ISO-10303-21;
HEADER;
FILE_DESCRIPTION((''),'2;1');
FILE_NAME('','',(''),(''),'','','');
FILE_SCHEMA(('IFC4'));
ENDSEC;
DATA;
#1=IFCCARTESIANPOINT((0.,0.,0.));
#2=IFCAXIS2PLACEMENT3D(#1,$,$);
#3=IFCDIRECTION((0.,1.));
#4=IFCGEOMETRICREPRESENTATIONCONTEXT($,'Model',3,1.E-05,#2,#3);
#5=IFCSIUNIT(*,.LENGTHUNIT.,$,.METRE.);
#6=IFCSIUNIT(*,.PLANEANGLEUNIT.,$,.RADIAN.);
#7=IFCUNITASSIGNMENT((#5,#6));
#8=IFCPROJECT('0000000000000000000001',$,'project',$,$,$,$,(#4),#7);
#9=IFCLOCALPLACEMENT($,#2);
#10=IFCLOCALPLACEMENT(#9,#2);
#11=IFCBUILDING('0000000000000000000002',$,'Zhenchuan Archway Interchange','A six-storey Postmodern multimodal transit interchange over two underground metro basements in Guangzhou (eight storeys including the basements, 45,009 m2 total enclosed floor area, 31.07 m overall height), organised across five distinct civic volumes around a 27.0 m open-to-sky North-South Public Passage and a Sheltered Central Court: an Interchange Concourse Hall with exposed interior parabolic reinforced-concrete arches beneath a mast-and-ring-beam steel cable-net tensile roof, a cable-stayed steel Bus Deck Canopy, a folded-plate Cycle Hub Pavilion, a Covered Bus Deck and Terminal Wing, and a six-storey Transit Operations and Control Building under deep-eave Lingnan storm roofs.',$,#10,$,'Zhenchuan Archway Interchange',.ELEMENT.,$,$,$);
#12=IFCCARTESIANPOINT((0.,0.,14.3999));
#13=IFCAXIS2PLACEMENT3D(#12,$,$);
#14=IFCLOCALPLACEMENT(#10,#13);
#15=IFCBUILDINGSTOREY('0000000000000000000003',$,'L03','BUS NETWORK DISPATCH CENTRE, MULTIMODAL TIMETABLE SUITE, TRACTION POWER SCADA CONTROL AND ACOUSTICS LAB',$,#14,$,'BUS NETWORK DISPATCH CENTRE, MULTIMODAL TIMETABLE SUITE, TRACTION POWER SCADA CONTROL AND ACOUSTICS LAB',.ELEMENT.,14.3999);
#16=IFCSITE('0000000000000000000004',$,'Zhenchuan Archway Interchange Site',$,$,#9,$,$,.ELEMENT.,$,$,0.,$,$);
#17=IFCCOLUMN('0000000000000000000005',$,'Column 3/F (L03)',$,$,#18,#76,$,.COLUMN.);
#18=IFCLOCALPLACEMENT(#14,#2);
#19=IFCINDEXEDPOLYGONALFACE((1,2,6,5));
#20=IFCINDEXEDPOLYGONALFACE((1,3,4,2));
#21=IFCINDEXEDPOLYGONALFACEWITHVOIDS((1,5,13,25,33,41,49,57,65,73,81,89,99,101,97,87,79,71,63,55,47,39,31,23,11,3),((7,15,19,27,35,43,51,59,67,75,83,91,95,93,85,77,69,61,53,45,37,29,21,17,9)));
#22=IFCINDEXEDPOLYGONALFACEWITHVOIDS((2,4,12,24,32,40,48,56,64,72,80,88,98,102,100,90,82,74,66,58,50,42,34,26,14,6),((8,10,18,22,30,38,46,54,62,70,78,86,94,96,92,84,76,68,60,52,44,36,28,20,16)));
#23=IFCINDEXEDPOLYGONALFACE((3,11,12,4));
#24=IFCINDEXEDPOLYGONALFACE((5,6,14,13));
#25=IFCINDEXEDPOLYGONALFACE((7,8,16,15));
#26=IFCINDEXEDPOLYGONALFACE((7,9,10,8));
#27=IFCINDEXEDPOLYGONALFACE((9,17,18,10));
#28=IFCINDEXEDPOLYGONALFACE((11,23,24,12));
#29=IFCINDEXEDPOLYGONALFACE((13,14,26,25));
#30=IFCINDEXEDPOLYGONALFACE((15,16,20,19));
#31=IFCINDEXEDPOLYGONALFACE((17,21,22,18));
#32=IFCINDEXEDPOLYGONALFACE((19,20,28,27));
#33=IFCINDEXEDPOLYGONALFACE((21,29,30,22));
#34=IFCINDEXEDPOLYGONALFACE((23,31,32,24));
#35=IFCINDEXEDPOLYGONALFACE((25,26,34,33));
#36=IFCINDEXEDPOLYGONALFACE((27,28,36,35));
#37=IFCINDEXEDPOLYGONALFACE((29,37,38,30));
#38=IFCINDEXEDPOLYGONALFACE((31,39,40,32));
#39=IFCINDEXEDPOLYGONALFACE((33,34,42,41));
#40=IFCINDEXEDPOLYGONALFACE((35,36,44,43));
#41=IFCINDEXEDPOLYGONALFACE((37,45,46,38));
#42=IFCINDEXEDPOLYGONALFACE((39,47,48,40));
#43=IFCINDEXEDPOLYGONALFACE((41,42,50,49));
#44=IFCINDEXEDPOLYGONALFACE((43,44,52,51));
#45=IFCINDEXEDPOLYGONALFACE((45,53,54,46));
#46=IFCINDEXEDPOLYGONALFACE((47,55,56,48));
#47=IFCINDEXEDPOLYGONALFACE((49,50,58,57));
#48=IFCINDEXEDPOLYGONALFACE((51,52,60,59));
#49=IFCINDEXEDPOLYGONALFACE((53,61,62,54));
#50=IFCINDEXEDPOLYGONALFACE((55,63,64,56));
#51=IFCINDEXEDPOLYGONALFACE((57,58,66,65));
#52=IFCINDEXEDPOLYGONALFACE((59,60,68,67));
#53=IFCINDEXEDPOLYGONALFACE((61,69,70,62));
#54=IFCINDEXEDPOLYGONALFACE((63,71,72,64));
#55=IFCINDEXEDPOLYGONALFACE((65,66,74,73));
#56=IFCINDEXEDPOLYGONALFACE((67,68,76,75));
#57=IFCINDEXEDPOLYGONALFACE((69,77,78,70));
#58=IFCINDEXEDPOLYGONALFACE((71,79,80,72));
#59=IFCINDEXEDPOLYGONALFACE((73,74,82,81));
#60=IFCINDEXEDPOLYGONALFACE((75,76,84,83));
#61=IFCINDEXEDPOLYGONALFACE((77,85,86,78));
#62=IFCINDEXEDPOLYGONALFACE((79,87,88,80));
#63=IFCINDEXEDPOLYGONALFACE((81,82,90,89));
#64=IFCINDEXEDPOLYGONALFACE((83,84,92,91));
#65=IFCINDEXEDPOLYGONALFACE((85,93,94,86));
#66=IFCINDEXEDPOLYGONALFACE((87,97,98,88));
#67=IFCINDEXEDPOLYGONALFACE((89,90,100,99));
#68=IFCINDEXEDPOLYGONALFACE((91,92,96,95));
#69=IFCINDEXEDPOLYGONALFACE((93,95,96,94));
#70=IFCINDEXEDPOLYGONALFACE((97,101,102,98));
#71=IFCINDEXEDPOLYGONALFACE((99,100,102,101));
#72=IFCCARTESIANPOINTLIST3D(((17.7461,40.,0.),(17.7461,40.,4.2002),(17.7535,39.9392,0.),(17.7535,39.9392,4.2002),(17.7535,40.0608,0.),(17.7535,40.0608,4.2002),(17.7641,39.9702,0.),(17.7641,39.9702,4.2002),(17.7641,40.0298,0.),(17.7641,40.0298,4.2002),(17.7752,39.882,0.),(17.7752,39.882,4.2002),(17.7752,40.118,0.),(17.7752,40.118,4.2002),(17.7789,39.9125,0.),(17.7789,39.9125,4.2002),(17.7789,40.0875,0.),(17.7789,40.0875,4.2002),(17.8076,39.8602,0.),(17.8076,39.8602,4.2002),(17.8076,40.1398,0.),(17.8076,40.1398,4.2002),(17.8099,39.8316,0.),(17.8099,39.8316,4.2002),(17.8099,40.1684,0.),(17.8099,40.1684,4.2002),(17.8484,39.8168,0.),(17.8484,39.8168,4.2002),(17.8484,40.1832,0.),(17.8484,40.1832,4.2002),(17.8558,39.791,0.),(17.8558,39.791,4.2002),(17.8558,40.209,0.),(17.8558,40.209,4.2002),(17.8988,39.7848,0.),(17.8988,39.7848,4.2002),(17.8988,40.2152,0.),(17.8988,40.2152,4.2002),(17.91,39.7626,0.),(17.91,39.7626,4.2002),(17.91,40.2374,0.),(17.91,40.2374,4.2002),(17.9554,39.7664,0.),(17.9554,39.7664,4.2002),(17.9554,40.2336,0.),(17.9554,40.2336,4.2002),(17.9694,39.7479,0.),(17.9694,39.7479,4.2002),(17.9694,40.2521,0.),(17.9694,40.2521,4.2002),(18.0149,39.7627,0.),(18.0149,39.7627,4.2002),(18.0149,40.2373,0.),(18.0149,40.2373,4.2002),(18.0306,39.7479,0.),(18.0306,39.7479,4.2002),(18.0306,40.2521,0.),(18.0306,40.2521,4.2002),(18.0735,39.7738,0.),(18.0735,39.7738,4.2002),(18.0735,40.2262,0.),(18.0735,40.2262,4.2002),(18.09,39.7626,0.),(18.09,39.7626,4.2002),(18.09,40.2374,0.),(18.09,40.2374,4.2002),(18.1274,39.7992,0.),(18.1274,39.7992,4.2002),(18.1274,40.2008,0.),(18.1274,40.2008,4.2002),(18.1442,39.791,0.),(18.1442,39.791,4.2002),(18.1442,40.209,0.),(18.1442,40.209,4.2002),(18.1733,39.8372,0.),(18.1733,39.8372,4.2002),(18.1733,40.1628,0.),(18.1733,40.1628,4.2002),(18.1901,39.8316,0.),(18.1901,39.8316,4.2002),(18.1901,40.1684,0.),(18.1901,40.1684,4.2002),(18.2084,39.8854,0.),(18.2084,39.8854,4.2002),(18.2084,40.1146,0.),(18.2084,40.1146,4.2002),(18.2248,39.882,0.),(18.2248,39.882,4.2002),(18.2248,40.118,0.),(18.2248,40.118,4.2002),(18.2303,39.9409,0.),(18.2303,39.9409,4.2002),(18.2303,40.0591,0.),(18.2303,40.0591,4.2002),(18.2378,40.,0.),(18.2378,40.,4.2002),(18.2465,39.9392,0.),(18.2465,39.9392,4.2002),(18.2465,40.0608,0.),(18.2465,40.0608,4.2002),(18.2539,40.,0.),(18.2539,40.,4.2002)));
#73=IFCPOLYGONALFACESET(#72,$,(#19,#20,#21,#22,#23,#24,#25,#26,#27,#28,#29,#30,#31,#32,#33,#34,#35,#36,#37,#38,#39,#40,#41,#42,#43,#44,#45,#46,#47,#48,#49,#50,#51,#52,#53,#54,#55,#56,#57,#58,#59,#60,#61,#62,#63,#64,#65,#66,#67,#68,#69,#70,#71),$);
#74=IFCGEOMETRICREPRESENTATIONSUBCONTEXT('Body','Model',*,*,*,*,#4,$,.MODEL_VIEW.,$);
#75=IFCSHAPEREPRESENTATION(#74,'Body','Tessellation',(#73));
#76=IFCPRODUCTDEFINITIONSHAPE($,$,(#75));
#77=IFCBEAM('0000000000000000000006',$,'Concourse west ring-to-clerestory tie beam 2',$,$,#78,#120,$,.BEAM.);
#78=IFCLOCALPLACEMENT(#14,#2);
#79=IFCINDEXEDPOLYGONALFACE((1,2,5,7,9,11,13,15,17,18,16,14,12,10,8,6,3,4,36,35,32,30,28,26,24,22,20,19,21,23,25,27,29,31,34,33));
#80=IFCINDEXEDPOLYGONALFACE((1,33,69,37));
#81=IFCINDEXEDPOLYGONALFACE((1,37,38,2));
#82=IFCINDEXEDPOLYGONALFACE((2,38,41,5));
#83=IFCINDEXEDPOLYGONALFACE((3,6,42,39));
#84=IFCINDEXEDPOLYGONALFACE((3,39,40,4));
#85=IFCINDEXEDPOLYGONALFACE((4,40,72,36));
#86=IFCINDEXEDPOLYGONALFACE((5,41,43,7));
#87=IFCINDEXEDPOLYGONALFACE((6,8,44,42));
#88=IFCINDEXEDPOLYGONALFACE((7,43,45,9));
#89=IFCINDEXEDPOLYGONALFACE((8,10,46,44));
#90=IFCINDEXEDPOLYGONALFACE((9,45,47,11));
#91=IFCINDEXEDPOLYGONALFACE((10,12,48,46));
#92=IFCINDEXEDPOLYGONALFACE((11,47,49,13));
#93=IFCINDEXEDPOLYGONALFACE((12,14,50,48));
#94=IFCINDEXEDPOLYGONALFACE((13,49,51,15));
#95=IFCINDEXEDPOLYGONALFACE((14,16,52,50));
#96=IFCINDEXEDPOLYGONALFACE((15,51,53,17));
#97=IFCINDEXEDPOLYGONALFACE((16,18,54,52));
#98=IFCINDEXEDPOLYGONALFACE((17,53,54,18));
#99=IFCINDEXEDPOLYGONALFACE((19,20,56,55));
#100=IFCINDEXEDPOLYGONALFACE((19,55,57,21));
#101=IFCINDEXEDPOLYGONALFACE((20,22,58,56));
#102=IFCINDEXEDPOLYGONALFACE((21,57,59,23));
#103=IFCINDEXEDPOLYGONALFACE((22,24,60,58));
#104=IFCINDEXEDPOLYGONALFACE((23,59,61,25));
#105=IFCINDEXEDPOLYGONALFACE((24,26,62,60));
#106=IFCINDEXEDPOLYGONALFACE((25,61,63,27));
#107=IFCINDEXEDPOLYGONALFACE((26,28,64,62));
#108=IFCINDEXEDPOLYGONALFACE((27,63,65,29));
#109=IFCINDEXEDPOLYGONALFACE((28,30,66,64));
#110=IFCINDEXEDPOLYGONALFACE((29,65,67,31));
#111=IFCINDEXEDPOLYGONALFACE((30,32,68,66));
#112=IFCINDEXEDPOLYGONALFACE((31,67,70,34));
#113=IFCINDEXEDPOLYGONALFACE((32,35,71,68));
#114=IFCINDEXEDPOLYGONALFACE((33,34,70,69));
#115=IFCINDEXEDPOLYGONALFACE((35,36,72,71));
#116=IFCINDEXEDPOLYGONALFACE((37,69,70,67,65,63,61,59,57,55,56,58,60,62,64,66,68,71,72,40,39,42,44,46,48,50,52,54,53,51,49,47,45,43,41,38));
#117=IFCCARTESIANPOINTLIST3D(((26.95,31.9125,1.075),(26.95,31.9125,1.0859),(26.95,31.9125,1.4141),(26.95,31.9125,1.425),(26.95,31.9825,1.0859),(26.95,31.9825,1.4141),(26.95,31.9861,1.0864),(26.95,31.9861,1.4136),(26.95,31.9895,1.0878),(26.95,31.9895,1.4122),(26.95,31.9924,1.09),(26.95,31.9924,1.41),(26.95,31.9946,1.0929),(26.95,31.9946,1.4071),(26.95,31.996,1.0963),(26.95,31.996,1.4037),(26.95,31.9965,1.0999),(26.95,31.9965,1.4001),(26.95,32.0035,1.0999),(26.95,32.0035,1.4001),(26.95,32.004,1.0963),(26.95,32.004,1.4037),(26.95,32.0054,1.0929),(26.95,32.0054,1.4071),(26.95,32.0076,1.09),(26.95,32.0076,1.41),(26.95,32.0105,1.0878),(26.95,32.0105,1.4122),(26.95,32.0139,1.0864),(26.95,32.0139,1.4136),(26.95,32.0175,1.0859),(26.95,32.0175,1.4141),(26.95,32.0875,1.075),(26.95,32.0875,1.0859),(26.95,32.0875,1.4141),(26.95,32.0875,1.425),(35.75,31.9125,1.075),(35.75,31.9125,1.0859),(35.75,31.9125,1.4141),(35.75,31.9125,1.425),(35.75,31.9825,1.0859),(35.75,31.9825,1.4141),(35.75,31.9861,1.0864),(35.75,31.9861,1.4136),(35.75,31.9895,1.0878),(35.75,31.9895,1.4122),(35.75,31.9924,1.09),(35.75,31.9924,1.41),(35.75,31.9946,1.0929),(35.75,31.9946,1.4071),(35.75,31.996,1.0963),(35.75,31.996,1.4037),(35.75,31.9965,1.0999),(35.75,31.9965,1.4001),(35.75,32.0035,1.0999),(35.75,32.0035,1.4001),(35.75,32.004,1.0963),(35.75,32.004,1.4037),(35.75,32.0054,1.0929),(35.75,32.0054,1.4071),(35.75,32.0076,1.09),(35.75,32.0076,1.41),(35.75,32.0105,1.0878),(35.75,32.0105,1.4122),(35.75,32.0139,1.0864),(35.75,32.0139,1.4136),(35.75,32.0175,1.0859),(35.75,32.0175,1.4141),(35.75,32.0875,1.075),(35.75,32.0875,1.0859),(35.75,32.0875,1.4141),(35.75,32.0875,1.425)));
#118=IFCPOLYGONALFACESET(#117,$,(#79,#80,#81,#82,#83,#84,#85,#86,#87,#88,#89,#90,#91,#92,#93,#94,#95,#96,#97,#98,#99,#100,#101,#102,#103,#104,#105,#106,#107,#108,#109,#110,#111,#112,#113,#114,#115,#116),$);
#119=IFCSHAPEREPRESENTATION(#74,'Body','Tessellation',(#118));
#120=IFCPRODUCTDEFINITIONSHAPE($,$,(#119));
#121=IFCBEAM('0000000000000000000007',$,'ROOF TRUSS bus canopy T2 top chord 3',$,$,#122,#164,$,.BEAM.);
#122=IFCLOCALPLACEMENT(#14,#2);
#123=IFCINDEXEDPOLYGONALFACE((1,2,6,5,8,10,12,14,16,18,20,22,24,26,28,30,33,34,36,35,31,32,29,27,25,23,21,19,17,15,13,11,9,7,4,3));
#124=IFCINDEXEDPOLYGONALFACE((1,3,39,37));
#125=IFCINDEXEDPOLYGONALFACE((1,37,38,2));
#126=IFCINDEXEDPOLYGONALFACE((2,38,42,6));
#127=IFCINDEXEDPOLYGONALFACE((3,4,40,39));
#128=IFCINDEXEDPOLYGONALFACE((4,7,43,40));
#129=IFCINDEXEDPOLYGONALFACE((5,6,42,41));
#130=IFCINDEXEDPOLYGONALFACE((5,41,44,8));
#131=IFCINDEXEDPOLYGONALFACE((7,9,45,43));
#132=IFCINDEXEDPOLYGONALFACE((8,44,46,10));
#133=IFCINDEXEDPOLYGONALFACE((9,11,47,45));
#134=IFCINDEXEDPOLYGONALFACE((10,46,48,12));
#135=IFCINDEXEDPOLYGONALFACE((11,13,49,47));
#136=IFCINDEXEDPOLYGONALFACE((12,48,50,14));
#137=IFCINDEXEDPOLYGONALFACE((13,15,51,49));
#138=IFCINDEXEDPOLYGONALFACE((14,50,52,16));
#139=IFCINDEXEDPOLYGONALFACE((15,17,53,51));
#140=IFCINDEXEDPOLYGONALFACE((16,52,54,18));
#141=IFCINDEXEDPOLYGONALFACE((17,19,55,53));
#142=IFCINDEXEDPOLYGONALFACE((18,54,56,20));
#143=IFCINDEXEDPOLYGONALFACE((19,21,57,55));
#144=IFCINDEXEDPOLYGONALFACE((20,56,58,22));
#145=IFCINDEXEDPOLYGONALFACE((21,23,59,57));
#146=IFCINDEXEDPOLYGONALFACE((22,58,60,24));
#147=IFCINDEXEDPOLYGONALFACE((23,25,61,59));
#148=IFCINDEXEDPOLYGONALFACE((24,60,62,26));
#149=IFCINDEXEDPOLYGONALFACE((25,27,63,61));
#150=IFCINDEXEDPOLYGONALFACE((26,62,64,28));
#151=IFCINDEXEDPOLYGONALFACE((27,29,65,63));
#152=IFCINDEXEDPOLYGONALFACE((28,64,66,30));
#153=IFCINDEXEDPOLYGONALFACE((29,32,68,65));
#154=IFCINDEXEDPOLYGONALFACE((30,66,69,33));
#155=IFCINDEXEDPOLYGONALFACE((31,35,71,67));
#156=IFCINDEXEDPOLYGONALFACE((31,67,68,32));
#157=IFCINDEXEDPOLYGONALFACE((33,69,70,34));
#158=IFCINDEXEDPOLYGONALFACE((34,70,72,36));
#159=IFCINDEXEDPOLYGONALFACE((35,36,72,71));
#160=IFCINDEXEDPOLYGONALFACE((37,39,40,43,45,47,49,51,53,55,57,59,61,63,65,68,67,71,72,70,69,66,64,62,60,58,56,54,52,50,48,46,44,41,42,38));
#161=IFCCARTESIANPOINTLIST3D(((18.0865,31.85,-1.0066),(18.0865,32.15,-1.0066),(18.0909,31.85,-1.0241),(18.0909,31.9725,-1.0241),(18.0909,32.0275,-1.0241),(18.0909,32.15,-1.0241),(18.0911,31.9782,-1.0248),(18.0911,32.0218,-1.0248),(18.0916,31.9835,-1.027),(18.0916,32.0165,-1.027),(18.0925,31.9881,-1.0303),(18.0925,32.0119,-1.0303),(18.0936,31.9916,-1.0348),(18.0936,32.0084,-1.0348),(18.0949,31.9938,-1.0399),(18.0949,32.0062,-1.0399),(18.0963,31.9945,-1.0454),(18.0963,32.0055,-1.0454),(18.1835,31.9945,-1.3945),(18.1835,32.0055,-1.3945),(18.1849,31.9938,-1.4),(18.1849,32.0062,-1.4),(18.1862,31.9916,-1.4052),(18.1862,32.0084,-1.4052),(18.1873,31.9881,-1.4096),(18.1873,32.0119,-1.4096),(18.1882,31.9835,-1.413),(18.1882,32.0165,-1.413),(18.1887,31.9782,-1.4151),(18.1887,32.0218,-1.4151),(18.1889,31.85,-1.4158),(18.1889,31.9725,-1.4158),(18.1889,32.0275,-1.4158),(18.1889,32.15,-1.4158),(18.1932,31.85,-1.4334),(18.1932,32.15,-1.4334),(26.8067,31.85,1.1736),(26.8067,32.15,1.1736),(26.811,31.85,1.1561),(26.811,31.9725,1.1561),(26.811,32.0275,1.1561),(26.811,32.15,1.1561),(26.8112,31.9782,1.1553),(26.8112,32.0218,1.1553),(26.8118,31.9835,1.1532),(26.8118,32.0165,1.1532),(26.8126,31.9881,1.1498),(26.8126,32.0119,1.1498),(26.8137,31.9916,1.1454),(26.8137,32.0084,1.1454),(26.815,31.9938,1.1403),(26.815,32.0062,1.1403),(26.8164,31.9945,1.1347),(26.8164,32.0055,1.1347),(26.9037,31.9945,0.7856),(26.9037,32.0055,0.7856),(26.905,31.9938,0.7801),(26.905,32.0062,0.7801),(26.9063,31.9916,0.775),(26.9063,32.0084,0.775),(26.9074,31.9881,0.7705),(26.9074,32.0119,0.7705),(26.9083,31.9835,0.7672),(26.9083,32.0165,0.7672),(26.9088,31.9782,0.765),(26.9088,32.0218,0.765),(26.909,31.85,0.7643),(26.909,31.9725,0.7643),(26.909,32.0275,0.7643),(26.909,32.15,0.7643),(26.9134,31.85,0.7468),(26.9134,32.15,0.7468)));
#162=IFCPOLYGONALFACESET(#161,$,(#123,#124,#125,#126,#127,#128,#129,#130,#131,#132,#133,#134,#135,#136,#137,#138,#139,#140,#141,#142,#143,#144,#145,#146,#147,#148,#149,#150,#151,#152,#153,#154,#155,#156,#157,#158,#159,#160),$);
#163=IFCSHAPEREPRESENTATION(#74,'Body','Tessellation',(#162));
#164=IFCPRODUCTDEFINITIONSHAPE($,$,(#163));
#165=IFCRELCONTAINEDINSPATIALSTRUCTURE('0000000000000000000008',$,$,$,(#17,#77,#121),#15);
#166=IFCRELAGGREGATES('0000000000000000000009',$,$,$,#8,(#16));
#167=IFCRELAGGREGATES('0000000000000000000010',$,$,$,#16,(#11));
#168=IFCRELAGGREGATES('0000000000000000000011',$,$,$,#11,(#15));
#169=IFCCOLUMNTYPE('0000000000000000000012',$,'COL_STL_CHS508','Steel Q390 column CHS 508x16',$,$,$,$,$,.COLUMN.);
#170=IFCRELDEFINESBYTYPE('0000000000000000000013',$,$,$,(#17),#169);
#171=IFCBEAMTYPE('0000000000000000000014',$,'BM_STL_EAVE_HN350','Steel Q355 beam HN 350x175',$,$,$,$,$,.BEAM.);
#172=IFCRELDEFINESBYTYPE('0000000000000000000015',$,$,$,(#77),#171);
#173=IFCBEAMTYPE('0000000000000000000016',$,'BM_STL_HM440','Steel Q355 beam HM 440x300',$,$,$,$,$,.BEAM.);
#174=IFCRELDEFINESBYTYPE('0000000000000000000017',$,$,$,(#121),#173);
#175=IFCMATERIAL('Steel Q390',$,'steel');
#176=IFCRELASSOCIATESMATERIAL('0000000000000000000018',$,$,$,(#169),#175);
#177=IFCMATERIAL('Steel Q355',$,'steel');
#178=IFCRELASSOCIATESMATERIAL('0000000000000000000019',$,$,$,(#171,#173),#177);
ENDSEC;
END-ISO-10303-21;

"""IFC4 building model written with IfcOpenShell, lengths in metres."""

from ifc_helpers import new_model, si_unit, direction, frame, origin, origin_2d, place, context, subcontext, project, spatial, hollow_circle, i_section, extrude, material, material_profile, profile_set, type_object, element, save


model = new_model("IFC4")

# Units and contexts
model_context = context("Model", 3, precision=1e-05, world=origin(), true_north=direction((0.0, 1.0)))
body_context = subcontext(model_context, "Body", "Model", "MODEL_VIEW")
ifc_project = project(units=[si_unit("LENGTHUNIT", "METRE"), si_unit("PLANEANGLEUNIT", "RADIAN")], contexts=[model_context])

# Site, building, storey
site_placement = place(None, origin())
site = spatial("IfcSite", under=ifc_project, at=site_placement, Name="Zhenchuan Archway Interchange Site", CompositionType="ELEMENT", RefElevation=0.0)
building_placement = place(site_placement, origin())
building = spatial("IfcBuilding", under=site, at=building_placement, Name="Zhenchuan Archway Interchange", Description="A six-storey Postmodern multimodal transit interchange over two underground metro basements in Guangzhou (eight storeys including the basements, 45,009 m2 total enclosed floor area, 31.07 m overall height), organised across five distinct civic volumes around a 27.0 m open-to-sky North-South Public Passage and a Sheltered Central Court: an Interchange Concourse Hall with exposed interior parabolic reinforced-concrete arches beneath a mast-and-ring-beam steel cable-net tensile roof, a cable-stayed steel Bus Deck Canopy, a folded-plate Cycle Hub Pavilion, a Covered Bus Deck and Terminal Wing, and a six-storey Transit Operations and Control Building under deep-eave Lingnan storm roofs.", LongName="Zhenchuan Archway Interchange", CompositionType="ELEMENT")
storey_placement = place(building_placement, frame((0.0, 0.0, 14.3999)))
storey = spatial("IfcBuildingStorey", under=building, at=storey_placement, Name="L03", Description="BUS NETWORK DISPATCH CENTRE, MULTIMODAL TIMETABLE SUITE, TRACTION POWER SCADA CONTROL AND ACOUSTICS LAB", LongName="BUS NETWORK DISPATCH CENTRE, MULTIMODAL TIMETABLE SUITE, TRACTION POWER SCADA CONTROL AND ACOUSTICS LAB", CompositionType="ELEMENT", Elevation=14.3999)

# Column
ifc_material_1 = material(Name="Steel Q390", Category="steel")
ifc_material_profile_1 = material_profile(ifc_material_1, hollow_circle(Radius=0.2539, WallThickness=0.0161, at=origin_2d()), Name="CHS 508x16")
ifc_profile_set_1 = profile_set([ifc_material_profile_1], Name="Steel Q390")
column_type = type_object("IfcColumnType", Name="COL_STL_CHS508", Description="Steel Q390 column CHS 508x16", PredefinedType="COLUMN", material=ifc_profile_set_1)
column_placement = place(storey_placement, frame((18.0, 40.0, 0.0), z_axis=(0.0, 0.0, 1.0), x_axis=(1.0, 0.0, 0.0)))
element("IfcColumn", 1, at=column_placement, inside=storey, type_object=column_type, Name="Column 3/F (L03)", PredefinedType="COLUMN", context=body_context, shape_type="SweptSolid", body=[
    extrude(hollow_circle(Radius=0.2539, WallThickness=0.0161, at=origin_2d()), origin(), (0.0, 0.0, 1.0), 4.2002),
])

# Beams
ifc_material_2 = material(Name="Steel Q355", Category="steel")
ifc_material_profile_2 = material_profile(ifc_material_2, i_section(OverallWidth=0.175, OverallDepth=0.3501, WebThickness=0.0071, FlangeThickness=0.011, FilletRadius=0.0139, at=origin_2d()), Name="HN 350x175")
ifc_profile_set_2 = profile_set([ifc_material_profile_2], Name="Steel Q355")
beam_type_1 = type_object("IfcBeamType", Name="BM_STL_EAVE_HN350", Description="Steel Q355 beam HN 350x175", PredefinedType="BEAM", material=ifc_profile_set_2)
beam_1_placement = place(storey_placement, frame((26.95, 32.0, 1.25), z_axis=(1.0, 0.0, 0.0), x_axis=(0.0, 1.0, 0.0)))
element("IfcBeam", 2, at=beam_1_placement, inside=storey, type_object=beam_type_1, Name="Concourse west ring-to-clerestory tie beam 2", PredefinedType="BEAM", context=body_context, shape_type="SweptSolid", body=[
    extrude(i_section(OverallWidth=0.175, OverallDepth=0.3501, WebThickness=0.0071, FlangeThickness=0.011, FilletRadius=0.0139, at=origin_2d()), origin(), (0.0, 0.0, 1.0), 8.8),
])
ifc_material_profile_3 = material_profile(ifc_material_2, i_section(OverallWidth=0.3, OverallDepth=0.4399, WebThickness=0.011, FlangeThickness=0.0181, FilletRadius=0.022, at=origin_2d()), Name="HM 440x300")
ifc_profile_set_3 = profile_set([ifc_material_profile_3], Name="Steel Q355")
beam_type_2 = type_object("IfcBeamType", Name="BM_STL_HM440", Description="Steel Q355 beam HM 440x300", PredefinedType="BEAM", material=ifc_profile_set_3)
for number, where, z_axis, x_axis, name in (
    (3, (18.1399, 32.0, -1.22), (0.970139, 0.0, 0.242548), (0.0, 1.0, 0.0), "ROOF TRUSS bus canopy T2 top chord 3"),
):
    element("IfcBeam", number, at=place(storey_placement, frame(where, z_axis=z_axis, x_axis=x_axis)), inside=storey, type_object=beam_type_2, Name=name, PredefinedType="BEAM", context=body_context, shape_type="SweptSolid", body=[
        extrude(i_section(OverallWidth=0.3, OverallDepth=0.4399, WebThickness=0.011, FlangeThickness=0.0181, FilletRadius=0.022, at=origin_2d()), origin(), (0.0, 0.0, 1.0), 8.9885),
    ])

save(model, "model.ifc")
